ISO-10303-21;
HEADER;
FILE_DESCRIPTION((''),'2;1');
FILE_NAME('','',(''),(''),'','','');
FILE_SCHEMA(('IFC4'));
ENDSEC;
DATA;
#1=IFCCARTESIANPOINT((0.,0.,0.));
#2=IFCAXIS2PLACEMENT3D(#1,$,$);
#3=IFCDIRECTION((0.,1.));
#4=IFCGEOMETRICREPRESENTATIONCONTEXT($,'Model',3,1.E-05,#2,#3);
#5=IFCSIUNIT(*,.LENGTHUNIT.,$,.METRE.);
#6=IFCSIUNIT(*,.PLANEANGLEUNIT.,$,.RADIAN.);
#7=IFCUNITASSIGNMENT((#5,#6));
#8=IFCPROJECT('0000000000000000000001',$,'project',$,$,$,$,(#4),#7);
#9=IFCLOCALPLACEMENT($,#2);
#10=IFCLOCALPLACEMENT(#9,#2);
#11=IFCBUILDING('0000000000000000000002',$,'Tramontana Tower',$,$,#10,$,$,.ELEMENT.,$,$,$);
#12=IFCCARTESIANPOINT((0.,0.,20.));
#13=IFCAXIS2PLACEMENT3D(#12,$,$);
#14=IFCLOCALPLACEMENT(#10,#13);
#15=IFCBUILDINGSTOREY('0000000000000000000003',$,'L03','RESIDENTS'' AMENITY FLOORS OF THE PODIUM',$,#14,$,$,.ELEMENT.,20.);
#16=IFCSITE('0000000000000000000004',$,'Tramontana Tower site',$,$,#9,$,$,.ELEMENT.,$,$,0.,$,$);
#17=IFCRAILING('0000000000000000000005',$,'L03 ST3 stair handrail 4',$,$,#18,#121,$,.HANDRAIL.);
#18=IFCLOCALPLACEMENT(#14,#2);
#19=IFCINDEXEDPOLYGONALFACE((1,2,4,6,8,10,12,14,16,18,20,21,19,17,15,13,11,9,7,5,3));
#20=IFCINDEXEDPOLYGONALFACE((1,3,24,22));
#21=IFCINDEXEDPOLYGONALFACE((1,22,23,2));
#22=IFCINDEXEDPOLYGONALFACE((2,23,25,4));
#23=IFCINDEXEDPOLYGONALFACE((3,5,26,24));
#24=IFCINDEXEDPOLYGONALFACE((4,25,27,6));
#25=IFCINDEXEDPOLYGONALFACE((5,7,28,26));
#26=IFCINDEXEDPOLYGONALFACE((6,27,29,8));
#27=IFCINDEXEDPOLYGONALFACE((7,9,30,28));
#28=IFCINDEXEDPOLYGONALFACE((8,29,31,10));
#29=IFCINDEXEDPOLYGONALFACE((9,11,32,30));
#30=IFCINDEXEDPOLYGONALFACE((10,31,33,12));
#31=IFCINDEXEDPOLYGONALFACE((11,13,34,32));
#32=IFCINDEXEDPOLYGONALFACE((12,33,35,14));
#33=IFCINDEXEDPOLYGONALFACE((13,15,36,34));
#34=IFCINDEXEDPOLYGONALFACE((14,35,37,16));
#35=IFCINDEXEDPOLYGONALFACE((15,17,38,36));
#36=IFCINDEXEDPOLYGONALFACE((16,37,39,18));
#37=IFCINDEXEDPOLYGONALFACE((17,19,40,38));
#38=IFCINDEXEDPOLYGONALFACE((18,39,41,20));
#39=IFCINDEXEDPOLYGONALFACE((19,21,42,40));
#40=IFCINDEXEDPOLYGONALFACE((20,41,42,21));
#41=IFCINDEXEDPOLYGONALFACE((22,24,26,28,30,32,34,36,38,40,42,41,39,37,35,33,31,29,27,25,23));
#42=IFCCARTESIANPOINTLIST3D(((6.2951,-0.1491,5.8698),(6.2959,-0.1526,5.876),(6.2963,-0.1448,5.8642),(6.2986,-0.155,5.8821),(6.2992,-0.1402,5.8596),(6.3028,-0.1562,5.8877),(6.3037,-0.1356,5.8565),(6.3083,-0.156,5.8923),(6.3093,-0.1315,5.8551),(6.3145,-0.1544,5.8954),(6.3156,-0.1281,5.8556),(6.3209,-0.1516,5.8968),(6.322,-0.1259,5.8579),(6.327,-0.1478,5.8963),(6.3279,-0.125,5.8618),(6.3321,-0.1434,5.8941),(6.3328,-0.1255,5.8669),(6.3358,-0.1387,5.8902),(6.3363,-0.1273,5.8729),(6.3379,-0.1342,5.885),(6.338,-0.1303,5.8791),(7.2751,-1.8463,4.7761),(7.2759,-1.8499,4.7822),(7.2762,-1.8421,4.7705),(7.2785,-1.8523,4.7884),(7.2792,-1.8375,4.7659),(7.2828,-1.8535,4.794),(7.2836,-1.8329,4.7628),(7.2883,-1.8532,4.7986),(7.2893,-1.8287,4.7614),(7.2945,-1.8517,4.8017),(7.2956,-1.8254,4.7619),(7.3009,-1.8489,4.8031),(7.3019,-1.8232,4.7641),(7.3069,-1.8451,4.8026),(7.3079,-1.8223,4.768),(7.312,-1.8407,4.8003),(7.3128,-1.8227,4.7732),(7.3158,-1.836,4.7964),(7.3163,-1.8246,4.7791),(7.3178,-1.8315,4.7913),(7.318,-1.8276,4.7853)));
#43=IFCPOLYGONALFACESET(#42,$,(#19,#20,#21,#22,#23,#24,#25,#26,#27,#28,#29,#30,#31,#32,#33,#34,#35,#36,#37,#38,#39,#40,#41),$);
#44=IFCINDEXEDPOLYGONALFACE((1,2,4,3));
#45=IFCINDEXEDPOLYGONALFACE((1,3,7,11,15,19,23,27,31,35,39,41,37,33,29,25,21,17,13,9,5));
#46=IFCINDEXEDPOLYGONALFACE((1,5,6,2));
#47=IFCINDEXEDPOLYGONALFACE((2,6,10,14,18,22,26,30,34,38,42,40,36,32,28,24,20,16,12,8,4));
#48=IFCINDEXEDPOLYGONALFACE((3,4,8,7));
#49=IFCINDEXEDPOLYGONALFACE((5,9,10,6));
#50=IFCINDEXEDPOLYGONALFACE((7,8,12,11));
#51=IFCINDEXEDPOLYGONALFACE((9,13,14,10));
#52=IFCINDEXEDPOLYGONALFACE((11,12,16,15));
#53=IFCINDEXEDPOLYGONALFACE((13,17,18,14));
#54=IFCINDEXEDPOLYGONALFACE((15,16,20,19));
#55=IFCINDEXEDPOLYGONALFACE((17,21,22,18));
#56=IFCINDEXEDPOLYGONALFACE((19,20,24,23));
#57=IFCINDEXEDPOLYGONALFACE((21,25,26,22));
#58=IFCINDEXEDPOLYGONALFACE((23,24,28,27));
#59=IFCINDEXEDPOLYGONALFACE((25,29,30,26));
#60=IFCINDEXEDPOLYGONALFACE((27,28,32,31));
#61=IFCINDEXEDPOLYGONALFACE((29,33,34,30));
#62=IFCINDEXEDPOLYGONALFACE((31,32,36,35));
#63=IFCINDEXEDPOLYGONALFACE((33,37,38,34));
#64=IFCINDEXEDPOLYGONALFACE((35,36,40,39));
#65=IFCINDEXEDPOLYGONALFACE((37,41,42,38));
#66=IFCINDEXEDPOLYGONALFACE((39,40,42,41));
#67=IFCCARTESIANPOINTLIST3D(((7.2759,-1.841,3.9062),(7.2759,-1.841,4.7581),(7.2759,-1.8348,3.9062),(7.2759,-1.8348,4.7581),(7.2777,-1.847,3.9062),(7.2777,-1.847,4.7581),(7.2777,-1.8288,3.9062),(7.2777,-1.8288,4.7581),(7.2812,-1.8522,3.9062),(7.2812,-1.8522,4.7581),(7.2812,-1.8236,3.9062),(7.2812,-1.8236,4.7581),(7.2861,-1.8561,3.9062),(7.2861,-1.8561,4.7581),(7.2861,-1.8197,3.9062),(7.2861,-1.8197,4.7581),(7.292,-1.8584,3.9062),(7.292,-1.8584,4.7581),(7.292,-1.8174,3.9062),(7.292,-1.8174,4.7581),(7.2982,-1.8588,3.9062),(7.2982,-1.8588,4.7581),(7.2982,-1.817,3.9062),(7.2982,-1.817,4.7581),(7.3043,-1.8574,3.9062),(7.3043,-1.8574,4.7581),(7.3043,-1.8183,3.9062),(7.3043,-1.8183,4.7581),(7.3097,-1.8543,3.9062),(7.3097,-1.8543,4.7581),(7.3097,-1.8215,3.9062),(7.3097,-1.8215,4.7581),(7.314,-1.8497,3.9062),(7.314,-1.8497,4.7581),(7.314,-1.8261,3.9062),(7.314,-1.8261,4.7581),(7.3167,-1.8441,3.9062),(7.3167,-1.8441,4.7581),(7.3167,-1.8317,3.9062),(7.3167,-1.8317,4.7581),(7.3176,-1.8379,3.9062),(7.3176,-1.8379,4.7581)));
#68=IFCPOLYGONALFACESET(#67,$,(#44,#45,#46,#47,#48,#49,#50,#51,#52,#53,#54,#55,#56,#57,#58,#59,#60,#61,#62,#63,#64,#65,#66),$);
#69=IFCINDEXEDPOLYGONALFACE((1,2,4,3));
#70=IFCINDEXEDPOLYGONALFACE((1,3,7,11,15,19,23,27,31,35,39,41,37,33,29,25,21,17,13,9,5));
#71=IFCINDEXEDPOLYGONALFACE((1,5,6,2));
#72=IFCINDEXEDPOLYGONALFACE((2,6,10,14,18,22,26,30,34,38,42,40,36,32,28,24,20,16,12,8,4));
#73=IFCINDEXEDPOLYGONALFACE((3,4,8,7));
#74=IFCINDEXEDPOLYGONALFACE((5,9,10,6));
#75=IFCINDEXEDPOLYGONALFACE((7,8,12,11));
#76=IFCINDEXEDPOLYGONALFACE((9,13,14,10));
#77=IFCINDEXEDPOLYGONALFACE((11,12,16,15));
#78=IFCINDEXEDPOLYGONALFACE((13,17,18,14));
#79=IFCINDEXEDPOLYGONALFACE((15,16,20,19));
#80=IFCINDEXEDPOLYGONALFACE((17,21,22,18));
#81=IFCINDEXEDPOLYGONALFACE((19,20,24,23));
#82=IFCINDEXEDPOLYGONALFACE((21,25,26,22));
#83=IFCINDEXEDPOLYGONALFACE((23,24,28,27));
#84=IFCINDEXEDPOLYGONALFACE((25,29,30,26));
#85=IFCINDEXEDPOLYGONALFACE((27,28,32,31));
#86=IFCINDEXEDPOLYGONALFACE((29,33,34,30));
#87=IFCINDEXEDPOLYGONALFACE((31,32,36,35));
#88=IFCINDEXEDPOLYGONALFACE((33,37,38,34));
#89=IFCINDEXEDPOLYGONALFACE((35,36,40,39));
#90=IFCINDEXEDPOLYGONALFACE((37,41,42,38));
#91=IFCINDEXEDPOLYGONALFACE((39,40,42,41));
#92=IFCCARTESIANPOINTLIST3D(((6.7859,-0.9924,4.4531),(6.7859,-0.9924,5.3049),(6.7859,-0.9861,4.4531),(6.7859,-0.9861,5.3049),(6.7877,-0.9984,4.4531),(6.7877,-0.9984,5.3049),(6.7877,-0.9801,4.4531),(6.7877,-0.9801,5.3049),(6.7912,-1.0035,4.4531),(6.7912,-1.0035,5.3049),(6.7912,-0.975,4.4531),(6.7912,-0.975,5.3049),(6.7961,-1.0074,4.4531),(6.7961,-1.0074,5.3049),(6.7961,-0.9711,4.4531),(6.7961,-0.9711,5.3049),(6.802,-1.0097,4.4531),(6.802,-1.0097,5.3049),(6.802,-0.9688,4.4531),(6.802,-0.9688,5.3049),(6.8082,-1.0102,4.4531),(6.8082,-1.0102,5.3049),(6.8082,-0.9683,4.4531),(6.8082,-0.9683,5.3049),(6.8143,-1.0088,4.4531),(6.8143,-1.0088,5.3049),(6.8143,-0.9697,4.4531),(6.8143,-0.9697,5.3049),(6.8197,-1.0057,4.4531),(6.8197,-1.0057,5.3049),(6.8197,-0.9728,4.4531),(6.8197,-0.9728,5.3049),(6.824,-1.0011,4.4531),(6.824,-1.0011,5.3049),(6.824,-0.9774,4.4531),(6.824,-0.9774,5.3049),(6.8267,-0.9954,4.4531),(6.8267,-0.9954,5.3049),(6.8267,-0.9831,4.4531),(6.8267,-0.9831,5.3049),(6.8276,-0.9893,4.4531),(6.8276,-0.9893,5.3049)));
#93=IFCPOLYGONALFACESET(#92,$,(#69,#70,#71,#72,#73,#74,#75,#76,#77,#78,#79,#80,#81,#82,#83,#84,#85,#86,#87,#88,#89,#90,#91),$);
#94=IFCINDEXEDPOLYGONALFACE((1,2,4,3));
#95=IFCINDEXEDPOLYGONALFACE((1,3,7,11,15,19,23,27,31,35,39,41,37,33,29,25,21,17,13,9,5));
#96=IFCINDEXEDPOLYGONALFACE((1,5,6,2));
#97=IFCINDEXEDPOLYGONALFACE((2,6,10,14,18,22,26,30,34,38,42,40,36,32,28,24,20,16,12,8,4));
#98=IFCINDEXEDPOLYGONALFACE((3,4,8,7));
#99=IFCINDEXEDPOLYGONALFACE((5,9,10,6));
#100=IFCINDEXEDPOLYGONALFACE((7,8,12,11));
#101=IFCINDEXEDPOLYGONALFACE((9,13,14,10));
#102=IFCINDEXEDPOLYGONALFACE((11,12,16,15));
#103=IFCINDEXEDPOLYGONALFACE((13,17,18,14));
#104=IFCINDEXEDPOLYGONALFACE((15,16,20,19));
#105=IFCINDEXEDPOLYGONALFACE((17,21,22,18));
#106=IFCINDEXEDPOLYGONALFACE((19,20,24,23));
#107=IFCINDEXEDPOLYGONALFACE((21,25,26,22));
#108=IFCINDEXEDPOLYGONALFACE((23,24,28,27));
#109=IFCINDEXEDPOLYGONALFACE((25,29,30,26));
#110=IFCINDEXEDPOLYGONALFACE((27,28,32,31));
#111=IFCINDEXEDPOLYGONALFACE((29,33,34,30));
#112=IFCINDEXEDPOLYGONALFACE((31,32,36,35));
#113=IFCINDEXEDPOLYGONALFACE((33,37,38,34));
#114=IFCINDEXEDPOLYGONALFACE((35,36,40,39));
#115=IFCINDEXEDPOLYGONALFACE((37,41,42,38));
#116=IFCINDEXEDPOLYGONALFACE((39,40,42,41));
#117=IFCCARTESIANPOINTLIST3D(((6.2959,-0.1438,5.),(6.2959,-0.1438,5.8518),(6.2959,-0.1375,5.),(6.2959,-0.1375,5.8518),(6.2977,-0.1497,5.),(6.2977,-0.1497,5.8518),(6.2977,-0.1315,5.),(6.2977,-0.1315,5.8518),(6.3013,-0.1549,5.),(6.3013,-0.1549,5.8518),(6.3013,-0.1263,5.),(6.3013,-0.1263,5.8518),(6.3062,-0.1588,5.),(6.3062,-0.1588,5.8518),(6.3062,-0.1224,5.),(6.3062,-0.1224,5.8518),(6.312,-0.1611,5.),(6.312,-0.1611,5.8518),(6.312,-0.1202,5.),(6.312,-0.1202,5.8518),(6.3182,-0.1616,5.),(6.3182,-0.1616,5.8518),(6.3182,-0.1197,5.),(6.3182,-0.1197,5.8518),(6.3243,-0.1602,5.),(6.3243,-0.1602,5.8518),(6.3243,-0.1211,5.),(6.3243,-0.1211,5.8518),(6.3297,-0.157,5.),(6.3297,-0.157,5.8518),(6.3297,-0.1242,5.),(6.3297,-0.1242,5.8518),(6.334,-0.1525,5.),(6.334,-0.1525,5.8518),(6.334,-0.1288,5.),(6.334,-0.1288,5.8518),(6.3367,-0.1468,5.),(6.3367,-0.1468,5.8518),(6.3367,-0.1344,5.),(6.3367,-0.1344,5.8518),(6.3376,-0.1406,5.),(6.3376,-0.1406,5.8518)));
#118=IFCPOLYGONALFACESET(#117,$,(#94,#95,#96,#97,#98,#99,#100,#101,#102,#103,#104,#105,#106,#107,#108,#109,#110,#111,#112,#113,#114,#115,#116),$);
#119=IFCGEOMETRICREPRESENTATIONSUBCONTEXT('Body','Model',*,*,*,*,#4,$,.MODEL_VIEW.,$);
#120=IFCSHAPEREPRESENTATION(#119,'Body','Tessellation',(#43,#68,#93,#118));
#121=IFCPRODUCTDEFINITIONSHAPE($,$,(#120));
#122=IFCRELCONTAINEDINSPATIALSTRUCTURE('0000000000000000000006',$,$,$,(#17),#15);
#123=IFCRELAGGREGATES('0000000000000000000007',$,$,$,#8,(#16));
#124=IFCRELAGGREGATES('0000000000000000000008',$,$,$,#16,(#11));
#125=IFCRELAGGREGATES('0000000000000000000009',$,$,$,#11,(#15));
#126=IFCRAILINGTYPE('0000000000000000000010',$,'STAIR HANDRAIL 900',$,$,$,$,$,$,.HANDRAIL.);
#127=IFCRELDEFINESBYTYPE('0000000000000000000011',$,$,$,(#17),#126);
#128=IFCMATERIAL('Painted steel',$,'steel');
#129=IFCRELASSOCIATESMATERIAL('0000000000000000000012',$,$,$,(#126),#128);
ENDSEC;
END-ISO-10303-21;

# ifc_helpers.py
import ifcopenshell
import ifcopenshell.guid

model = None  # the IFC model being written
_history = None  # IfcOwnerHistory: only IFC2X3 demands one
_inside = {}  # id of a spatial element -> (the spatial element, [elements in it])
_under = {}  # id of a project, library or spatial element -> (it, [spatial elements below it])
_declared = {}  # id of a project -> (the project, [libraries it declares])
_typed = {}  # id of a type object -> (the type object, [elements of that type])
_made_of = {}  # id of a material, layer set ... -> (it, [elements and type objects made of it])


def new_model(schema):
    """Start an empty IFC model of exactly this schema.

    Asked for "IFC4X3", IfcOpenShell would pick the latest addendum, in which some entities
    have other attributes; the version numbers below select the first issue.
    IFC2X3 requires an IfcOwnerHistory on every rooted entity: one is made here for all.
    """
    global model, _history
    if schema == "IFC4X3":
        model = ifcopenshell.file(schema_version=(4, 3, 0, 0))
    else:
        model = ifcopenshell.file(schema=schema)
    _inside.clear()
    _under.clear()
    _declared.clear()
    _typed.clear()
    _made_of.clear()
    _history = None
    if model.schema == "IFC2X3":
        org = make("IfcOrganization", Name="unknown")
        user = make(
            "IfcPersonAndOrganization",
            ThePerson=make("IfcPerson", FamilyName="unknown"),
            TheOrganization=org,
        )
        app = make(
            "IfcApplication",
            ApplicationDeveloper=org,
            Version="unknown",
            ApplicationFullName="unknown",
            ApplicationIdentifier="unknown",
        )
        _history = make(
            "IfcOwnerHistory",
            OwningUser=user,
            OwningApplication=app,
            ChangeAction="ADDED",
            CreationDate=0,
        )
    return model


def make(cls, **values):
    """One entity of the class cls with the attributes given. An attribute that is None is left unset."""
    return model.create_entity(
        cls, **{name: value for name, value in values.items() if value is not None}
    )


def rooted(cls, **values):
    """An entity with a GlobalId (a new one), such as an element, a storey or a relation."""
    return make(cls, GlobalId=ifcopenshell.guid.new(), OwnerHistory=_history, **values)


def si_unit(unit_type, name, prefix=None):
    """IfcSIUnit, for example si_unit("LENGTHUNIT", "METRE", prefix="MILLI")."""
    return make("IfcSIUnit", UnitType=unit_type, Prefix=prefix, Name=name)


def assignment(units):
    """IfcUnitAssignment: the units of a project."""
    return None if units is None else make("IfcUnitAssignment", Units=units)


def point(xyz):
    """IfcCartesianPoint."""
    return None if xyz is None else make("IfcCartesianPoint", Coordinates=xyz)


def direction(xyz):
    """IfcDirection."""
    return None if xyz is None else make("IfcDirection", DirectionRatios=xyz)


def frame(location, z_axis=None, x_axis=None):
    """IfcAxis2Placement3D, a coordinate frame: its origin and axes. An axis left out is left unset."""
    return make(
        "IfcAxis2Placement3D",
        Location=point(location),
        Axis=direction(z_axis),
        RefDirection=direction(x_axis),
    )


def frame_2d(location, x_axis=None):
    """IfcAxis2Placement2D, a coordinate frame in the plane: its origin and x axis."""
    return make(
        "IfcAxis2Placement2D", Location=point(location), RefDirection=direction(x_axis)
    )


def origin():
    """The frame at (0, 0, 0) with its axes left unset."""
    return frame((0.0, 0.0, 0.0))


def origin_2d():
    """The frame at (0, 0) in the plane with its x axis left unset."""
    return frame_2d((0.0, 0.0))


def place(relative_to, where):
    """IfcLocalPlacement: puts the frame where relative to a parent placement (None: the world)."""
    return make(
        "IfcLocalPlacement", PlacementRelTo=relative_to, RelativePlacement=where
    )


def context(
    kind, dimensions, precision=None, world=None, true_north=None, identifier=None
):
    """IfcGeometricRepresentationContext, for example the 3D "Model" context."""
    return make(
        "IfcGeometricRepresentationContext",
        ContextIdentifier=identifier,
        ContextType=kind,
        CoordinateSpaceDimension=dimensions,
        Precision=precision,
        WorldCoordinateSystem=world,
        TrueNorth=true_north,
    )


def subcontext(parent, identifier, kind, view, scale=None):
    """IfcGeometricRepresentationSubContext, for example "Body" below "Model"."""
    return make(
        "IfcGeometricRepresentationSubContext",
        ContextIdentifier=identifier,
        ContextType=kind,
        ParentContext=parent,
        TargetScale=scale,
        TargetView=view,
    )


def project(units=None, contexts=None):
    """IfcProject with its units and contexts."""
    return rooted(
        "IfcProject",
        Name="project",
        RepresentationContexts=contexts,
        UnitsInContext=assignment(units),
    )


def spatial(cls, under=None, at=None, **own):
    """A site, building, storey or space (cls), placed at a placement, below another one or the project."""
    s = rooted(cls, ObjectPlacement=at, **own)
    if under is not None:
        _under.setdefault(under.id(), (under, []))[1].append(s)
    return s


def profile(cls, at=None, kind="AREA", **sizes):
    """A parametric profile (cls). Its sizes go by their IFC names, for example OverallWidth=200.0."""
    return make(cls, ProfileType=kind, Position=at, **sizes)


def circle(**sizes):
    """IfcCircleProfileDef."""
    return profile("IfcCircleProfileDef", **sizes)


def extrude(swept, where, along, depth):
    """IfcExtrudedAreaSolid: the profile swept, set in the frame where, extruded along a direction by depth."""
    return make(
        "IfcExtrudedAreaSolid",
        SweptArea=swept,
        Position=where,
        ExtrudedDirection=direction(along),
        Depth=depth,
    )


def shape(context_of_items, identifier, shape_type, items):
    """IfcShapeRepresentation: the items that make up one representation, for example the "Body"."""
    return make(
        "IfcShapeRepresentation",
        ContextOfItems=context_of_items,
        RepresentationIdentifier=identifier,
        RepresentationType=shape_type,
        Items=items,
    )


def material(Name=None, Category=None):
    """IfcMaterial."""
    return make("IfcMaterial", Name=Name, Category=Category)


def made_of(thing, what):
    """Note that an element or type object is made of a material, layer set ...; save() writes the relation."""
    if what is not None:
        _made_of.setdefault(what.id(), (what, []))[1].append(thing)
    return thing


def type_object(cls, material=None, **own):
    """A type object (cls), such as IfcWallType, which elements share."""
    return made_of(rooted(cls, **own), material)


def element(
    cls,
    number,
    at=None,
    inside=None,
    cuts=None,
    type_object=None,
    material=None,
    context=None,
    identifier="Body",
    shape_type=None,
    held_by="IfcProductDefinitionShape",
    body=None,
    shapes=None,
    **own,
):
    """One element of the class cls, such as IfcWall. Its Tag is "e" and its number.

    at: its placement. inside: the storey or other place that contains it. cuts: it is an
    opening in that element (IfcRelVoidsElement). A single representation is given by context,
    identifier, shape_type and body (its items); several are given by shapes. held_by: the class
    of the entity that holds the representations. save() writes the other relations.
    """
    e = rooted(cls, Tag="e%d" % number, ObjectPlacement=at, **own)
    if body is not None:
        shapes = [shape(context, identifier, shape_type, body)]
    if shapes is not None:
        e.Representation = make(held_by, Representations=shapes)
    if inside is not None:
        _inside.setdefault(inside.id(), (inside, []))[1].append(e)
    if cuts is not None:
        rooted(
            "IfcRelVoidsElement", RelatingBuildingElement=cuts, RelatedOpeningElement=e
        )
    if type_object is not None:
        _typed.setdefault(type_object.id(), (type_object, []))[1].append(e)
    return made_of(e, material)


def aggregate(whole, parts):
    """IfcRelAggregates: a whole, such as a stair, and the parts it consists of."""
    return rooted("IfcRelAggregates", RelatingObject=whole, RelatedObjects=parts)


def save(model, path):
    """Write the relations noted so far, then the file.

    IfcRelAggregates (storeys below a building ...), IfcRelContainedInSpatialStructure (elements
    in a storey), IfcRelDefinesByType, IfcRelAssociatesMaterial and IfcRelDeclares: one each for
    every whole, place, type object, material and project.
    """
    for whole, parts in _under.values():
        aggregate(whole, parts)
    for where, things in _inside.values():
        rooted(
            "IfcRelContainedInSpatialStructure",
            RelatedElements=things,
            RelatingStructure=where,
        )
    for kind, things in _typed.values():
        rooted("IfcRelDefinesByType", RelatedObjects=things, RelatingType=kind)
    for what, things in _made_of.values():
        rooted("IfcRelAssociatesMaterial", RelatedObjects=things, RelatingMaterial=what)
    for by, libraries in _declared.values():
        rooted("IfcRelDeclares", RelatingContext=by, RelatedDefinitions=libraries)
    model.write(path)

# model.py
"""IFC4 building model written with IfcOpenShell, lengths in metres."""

from ifc_helpers import new_model, si_unit, direction, frame, origin, origin_2d, place, context, subcontext, project, spatial, circle, extrude, material, type_object, element, save


model = new_model("IFC4")

# Units and contexts
model_context = context("Model", 3, precision=1e-05, world=origin(), true_north=direction((0.0, 1.0)))
body_context = subcontext(model_context, "Body", "Model", "MODEL_VIEW")
ifc_project = project(units=[si_unit("LENGTHUNIT", "METRE"), si_unit("PLANEANGLEUNIT", "RADIAN")], contexts=[model_context])

# Site, building, storey
site_placement = place(None, origin())
site = spatial("IfcSite", under=ifc_project, at=site_placement, Name="Tramontana Tower site", CompositionType="ELEMENT", RefElevation=0.0)
building_placement = place(site_placement, origin())
building = spatial("IfcBuilding", under=site, at=building_placement, Name="Tramontana Tower", CompositionType="ELEMENT")
storey_placement = place(building_placement, frame((0.0, 0.0, 20.0)))
storey = spatial("IfcBuildingStorey", under=building, at=storey_placement, Name="L03", Description="RESIDENTS' AMENITY FLOORS OF THE PODIUM", CompositionType="ELEMENT", Elevation=20.0)

# Railing
ifc_material_1 = material(Name="Painted steel", Category="steel")
railing_type_1 = type_object("IfcRailingType", Name="STAIR HANDRAIL 900", PredefinedType="HANDRAIL", material=ifc_material_1)
for number, where, name in (
    (1, (7.2966, -1.8379, 3.9062), "L03 ST3 stair handrail 4"),
):
    element("IfcRailing", number, at=place(storey_placement, frame(where)), inside=storey, type_object=railing_type_1, Name=name, PredefinedType="HANDRAIL", context=body_context, shape_type="SweptSolid", body=[
        extrude(circle(Radius=0.0239, at=origin_2d()), frame((0.0, 0.0, 0.876), z_axis=(-0.436632, 0.75622, 0.487323), x_axis=(-0.866011, -0.500024, 0.0)), (0.0, 0.0, 1.0), 2.2444),
        extrude(circle(Radius=0.021, at=origin_2d()), origin(), (0.0, 0.0, 1.0), 0.8518),
        extrude(circle(Radius=0.021, at=origin_2d()), frame((-0.49, 0.8486, 0.5469)), (0.0, 0.0, 1.0), 0.8518),
        extrude(circle(Radius=0.021, at=origin_2d()), frame((-0.98, 1.6973, 1.0938)), (0.0, 0.0, 1.0), 0.8518),
    ])

save(model, "model.ifc")
